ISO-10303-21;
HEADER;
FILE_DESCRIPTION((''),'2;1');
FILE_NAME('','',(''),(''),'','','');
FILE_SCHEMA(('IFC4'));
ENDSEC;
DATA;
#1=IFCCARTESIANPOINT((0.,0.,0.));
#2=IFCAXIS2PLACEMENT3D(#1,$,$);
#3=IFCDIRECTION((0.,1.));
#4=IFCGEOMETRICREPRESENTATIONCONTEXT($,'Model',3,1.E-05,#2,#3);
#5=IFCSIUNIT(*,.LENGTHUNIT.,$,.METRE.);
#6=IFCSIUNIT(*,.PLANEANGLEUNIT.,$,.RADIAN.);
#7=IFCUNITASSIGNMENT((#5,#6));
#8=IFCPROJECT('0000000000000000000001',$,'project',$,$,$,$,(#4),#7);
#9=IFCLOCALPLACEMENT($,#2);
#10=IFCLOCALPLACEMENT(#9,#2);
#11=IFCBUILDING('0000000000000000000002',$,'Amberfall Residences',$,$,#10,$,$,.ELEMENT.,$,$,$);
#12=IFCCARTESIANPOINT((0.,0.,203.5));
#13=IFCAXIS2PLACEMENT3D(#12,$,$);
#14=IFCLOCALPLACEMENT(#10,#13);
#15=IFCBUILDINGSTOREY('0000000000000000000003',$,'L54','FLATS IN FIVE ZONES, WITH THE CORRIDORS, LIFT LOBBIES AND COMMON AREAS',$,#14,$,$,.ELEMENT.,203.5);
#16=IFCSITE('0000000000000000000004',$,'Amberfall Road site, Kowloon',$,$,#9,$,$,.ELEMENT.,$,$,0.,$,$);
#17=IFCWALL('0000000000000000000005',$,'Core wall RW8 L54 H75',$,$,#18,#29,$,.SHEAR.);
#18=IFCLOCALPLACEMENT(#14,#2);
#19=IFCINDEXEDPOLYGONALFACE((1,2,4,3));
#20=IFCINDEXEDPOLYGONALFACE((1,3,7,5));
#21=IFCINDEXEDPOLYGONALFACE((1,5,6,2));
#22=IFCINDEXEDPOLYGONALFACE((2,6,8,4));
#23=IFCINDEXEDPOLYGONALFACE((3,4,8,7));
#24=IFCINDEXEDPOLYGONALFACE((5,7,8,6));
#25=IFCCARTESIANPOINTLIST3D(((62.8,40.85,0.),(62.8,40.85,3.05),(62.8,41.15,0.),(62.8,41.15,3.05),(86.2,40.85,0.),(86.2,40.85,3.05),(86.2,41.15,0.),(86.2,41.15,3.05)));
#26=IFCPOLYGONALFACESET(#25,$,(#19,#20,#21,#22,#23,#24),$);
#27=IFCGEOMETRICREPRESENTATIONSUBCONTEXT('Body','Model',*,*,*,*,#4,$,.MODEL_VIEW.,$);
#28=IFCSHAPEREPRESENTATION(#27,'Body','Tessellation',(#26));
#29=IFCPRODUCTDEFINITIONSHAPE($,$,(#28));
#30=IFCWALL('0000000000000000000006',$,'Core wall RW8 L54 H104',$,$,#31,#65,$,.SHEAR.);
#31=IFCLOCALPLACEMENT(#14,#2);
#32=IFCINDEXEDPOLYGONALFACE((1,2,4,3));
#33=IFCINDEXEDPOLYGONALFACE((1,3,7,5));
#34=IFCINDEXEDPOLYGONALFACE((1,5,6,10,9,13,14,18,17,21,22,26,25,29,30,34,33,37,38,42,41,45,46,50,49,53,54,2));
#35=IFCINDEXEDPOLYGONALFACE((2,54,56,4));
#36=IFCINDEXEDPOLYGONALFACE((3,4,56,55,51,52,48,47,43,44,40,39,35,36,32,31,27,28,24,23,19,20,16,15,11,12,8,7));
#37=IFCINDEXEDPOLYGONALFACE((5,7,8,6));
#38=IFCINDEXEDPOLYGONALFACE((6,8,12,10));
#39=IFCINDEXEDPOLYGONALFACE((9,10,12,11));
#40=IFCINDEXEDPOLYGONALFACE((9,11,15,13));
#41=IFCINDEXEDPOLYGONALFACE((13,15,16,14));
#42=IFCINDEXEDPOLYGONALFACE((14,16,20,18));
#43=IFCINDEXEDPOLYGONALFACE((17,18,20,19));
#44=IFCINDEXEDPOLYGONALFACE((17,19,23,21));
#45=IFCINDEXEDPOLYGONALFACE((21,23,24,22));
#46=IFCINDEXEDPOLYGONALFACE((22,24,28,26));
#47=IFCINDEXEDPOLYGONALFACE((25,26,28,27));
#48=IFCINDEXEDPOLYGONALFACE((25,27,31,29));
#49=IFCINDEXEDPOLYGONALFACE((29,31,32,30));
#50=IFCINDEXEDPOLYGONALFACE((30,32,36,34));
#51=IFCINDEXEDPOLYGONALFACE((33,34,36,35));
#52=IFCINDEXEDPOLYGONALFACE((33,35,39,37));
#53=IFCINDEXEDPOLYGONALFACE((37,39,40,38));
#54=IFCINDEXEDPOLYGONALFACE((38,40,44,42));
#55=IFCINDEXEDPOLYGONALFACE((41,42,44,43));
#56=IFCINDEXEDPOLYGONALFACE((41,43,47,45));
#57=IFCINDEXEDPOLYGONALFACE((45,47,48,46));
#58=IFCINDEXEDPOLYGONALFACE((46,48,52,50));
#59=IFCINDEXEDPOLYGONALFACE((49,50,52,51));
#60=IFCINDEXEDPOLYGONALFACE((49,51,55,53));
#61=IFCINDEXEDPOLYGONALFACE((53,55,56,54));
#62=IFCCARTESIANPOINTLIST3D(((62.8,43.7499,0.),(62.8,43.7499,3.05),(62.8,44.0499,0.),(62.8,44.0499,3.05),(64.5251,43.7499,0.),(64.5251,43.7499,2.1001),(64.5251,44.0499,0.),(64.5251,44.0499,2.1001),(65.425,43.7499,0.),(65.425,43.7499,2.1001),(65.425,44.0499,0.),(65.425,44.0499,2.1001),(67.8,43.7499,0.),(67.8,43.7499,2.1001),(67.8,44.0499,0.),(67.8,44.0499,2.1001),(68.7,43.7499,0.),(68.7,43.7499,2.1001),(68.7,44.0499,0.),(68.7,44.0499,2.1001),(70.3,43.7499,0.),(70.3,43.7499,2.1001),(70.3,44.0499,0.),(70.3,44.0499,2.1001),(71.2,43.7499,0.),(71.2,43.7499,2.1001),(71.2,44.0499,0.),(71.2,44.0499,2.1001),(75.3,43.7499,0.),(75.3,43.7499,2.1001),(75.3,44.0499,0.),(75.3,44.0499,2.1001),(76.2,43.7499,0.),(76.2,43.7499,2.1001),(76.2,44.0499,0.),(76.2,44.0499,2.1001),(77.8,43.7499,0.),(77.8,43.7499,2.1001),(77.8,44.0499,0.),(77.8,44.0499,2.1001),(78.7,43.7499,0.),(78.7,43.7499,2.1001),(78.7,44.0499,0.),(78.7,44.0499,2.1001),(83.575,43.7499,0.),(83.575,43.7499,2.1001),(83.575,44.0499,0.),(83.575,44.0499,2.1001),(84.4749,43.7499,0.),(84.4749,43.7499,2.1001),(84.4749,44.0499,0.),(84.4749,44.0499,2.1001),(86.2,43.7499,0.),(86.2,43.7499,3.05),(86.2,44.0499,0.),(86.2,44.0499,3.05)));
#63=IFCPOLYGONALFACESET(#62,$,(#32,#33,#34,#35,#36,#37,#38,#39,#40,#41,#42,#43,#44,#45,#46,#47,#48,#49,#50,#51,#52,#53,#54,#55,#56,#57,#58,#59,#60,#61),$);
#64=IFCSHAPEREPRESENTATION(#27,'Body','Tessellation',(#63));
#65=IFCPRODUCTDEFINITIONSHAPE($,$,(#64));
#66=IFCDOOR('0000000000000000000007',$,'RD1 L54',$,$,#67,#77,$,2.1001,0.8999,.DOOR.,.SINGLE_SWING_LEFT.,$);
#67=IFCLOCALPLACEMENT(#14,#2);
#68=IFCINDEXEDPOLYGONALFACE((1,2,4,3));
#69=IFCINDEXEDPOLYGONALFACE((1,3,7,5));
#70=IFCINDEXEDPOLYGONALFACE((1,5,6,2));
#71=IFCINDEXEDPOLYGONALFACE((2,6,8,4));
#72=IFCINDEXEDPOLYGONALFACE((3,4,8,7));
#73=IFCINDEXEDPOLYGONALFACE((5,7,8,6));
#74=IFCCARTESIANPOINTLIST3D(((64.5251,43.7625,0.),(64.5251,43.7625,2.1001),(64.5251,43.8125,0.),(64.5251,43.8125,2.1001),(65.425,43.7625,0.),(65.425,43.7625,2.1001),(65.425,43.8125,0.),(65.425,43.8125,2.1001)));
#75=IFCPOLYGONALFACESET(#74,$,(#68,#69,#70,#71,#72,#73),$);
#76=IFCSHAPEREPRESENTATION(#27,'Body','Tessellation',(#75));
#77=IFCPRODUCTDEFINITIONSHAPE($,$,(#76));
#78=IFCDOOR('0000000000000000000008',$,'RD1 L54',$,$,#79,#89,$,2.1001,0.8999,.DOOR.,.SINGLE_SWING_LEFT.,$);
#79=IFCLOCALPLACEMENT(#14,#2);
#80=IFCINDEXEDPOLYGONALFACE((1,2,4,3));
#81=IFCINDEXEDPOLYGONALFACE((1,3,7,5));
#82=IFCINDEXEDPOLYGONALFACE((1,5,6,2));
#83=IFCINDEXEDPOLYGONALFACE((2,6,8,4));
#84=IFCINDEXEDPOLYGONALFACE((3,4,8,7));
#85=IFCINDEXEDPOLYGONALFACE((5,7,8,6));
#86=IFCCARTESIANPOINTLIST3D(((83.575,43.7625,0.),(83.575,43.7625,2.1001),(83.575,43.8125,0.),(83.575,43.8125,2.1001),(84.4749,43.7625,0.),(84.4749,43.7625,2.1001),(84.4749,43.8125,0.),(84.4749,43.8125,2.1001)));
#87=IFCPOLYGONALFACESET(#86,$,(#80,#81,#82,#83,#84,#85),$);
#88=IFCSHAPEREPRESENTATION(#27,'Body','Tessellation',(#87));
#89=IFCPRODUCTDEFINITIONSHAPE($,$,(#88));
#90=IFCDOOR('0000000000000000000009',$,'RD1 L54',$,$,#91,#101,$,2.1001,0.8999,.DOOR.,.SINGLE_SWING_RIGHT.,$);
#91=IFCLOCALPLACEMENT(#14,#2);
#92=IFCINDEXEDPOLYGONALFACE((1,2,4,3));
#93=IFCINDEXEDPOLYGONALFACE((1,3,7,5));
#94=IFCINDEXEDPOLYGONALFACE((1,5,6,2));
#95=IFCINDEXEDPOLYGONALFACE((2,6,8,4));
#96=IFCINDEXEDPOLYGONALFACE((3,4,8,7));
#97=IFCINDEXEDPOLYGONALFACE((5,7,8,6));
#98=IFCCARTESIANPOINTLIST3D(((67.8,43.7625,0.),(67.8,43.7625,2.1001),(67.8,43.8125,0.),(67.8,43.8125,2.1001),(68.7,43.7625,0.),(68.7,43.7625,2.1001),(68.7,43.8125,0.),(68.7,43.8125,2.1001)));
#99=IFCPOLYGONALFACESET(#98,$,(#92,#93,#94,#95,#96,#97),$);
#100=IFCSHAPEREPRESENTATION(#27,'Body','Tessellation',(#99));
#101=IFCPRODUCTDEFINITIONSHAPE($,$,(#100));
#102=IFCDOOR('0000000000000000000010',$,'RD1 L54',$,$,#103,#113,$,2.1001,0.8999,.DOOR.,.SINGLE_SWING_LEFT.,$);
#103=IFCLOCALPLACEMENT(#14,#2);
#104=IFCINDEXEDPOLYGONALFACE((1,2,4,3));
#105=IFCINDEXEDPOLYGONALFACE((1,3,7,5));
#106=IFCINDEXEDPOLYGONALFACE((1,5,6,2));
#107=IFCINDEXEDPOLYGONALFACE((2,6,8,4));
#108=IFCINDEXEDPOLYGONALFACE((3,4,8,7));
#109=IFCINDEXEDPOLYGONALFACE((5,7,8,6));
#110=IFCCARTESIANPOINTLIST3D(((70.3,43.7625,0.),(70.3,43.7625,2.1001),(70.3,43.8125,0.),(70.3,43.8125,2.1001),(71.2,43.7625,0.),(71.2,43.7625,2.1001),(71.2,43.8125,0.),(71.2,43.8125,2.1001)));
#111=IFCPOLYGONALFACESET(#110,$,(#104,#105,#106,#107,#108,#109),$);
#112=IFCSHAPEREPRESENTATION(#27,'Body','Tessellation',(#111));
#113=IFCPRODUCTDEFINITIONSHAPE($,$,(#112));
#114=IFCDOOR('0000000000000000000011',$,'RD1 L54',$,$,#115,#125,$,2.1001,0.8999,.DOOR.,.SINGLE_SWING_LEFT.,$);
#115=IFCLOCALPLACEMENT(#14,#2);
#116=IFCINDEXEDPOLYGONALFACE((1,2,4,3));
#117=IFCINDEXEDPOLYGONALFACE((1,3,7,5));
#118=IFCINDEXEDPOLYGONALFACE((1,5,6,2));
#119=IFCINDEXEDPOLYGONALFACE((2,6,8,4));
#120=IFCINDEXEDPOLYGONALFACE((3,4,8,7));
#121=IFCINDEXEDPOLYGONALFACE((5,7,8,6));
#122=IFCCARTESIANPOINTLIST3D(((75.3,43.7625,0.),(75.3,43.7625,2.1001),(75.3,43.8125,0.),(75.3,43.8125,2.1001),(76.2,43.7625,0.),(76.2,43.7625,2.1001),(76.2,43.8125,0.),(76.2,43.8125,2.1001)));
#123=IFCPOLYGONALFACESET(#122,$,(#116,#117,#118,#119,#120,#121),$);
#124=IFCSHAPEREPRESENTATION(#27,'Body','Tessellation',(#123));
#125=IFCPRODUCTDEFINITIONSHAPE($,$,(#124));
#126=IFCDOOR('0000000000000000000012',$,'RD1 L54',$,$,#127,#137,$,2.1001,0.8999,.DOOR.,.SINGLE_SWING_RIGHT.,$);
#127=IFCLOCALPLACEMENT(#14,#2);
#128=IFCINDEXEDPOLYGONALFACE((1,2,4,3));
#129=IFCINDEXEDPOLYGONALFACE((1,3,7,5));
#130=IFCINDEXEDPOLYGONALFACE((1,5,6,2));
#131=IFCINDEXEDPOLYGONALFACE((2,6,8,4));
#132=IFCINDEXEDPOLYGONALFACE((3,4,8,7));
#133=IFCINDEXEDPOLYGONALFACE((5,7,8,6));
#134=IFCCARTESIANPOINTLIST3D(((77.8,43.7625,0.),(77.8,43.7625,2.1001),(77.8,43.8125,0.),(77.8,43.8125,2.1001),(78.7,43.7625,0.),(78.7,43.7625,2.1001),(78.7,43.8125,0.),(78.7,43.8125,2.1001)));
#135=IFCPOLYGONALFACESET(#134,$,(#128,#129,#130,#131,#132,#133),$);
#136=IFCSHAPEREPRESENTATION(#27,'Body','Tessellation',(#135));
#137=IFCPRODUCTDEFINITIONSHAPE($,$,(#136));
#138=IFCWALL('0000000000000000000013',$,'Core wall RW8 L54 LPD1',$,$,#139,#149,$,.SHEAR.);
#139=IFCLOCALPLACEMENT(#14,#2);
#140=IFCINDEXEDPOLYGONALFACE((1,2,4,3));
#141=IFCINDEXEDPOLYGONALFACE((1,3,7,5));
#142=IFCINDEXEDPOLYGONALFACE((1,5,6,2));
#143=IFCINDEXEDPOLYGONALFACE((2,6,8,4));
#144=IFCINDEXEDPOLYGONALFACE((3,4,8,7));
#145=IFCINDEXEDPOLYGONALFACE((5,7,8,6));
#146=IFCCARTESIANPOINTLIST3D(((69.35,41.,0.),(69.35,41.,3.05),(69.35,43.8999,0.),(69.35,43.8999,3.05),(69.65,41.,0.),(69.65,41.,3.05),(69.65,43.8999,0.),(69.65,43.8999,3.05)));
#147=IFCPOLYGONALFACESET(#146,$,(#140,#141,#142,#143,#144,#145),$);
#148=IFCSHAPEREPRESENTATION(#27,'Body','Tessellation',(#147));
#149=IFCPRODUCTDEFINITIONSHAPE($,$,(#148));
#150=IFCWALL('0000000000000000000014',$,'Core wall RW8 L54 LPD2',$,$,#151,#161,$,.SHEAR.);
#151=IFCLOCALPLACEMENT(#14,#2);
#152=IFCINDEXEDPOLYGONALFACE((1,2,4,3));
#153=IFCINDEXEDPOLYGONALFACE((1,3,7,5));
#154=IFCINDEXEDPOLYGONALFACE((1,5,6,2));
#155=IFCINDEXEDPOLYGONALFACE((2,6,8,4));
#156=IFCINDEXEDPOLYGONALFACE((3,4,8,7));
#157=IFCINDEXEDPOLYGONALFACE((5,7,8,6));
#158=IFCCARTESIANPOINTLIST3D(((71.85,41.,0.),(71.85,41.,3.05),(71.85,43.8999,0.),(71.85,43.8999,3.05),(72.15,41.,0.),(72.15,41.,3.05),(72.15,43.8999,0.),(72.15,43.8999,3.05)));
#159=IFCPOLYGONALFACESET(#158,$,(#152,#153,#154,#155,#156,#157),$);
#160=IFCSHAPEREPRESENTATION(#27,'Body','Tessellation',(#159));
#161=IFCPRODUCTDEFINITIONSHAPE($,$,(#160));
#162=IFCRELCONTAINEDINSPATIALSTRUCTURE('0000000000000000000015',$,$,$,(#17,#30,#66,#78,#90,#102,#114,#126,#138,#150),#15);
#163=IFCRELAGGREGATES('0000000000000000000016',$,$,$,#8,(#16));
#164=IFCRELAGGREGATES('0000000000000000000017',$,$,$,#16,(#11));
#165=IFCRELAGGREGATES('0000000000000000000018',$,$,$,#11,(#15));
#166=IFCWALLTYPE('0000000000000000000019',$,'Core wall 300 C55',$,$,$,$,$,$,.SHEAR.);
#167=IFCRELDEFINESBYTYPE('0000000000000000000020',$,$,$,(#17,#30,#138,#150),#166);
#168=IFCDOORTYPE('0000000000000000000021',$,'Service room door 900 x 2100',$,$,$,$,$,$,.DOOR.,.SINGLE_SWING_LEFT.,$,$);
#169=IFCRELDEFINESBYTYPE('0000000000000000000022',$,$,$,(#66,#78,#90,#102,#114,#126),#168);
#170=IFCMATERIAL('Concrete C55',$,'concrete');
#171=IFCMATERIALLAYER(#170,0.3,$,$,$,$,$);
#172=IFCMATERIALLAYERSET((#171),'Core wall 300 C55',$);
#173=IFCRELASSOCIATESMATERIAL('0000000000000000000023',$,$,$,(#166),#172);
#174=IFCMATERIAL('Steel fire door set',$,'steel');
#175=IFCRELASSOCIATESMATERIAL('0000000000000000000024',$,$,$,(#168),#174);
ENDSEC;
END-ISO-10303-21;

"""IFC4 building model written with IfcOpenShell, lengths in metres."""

from ifc_helpers import new_model, si_unit, direction, frame, frame_2d, origin, place, context, subcontext, project, spatial, rectangle, extrude, material, layer, layer_set, type_object, element, fill, save


model = new_model("IFC4")

# Units and contexts
model_context = context("Model", 3, precision=1e-05, world=origin(), true_north=direction((0.0, 1.0)))
body_context = subcontext(model_context, "Body", "Model", "MODEL_VIEW")
ifc_project = project(units=[si_unit("LENGTHUNIT", "METRE"), si_unit("PLANEANGLEUNIT", "RADIAN")], contexts=[model_context])

# Site, building, storey
site_placement = place(None, origin())
site = spatial("IfcSite", under=ifc_project, at=site_placement, Name="Amberfall Road site, Kowloon", CompositionType="ELEMENT", RefElevation=0.0)
building_placement = place(site_placement, origin())
building = spatial("IfcBuilding", under=site, at=building_placement, Name="Amberfall Residences", CompositionType="ELEMENT")
storey_placement = place(building_placement, frame((0.0, 0.0, 203.5)))
storey = spatial("IfcBuildingStorey", under=building, at=storey_placement, Name="L54", Description="FLATS IN FIVE ZONES, WITH THE CORRIDORS, LIFT LOBBIES AND COMMON AREAS", CompositionType="ELEMENT", Elevation=203.5)

# Wall
ifc_material_1 = material(Name="Concrete C55", Category="concrete")
ifc_layer_1 = layer(ifc_material_1, 0.3)
ifc_layer_set_1 = layer_set([ifc_layer_1], Name="Core wall 300 C55")
wall_type_1 = type_object("IfcWallType", Name="Core wall 300 C55", PredefinedType="SHEAR", material=ifc_layer_set_1)
wall_1_placement = place(storey_placement, frame((62.8, 41.0, 0.0), z_axis=(0.0, 0.0, 1.0), x_axis=(1.0, 0.0, 0.0)))
element("IfcWall", 1, at=wall_1_placement, inside=storey, type_object=wall_type_1, Name="Core wall RW8 L54 H75", PredefinedType="SHEAR", context=body_context, shape_type="SweptSolid", body=[
    extrude(rectangle(XDim=23.3999, YDim=0.3, at=frame_2d((11.7, 0.0))), origin(), (0.0, 0.0, 1.0), 3.05),
])

# Wall, openings, doors
wall_2_placement = place(storey_placement, frame((62.8, 43.8999, 0.0), z_axis=(0.0, 0.0, 1.0), x_axis=(1.0, 0.0, 0.0)))
wall_2 = element("IfcWall", 2, at=wall_2_placement, inside=storey, type_object=wall_type_1, Name="Core wall RW8 L54 H104", PredefinedType="SHEAR", context=body_context, shape_type="SweptSolid", body=[
    extrude(rectangle(XDim=23.3999, YDim=0.3, at=frame_2d((11.7, 0.0))), origin(), (0.0, 0.0, 1.0), 3.05),
])
opening_1_placement = place(wall_2_placement, frame((1.7251, 0.0, 0.0)))
opening_1 = element("IfcOpeningElement", 3, at=opening_1_placement, cuts=wall_2, PredefinedType="OPENING", context=body_context, shape_type="SweptSolid", body=[
    extrude(rectangle(XDim=0.8999, YDim=2.1001, at=frame_2d((0.45, 1.05))), frame((0.0, 0.1599, 0.0), z_axis=(0.0, -1.0, 0.0), x_axis=(1.0, 0.0, 0.0)), (0.0, 0.0, 1.0), 0.3201),
])
opening_2_placement = place(wall_2_placement, frame((20.7749, 0.0, 0.0)))
opening_2 = element("IfcOpeningElement", 4, at=opening_2_placement, cuts=wall_2, PredefinedType="OPENING", context=body_context, shape_type="SweptSolid", body=[
    extrude(rectangle(XDim=0.8999, YDim=2.1001, at=frame_2d((0.45, 1.05))), frame((0.0, 0.1599, 0.0), z_axis=(0.0, -1.0, 0.0), x_axis=(1.0, 0.0, 0.0)), (0.0, 0.0, 1.0), 0.3201),
])
opening_3_placement = place(wall_2_placement, frame((5.0, 0.0, 0.0)))
opening_3 = element("IfcOpeningElement", 5, at=opening_3_placement, cuts=wall_2, PredefinedType="OPENING", context=body_context, shape_type="SweptSolid", body=[
    extrude(rectangle(XDim=0.8999, YDim=2.1001, at=frame_2d((0.45, 1.05))), frame((0.0, 0.1599, 0.0), z_axis=(0.0, -1.0, 0.0), x_axis=(1.0, 0.0, 0.0)), (0.0, 0.0, 1.0), 0.3201),
])
opening_4_placement = place(wall_2_placement, frame((7.5, 0.0, 0.0)))
opening_4 = element("IfcOpeningElement", 6, at=opening_4_placement, cuts=wall_2, PredefinedType="OPENING", context=body_context, shape_type="SweptSolid", body=[
    extrude(rectangle(XDim=0.8999, YDim=2.1001, at=frame_2d((0.45, 1.05))), frame((0.0, 0.1599, 0.0), z_axis=(0.0, -1.0, 0.0), x_axis=(1.0, 0.0, 0.0)), (0.0, 0.0, 1.0), 0.3201),
])
opening_5_placement = place(wall_2_placement, frame((12.5, 0.0, 0.0)))
opening_5 = element("IfcOpeningElement", 7, at=opening_5_placement, cuts=wall_2, PredefinedType="OPENING", context=body_context, shape_type="SweptSolid", body=[
    extrude(rectangle(XDim=0.8999, YDim=2.1001, at=frame_2d((0.45, 1.05))), frame((0.0, 0.1599, 0.0), z_axis=(0.0, -1.0, 0.0), x_axis=(1.0, 0.0, 0.0)), (0.0, 0.0, 1.0), 0.3201),
])
opening_6_placement = place(wall_2_placement, frame((15.0, 0.0, 0.0)))
opening_6 = element("IfcOpeningElement", 8, at=opening_6_placement, cuts=wall_2, PredefinedType="OPENING", context=body_context, shape_type="SweptSolid", body=[
    extrude(rectangle(XDim=0.8999, YDim=2.1001, at=frame_2d((0.45, 1.05))), frame((0.0, 0.1599, 0.0), z_axis=(0.0, -1.0, 0.0), x_axis=(1.0, 0.0, 0.0)), (0.0, 0.0, 1.0), 0.3201),
])
ifc_material_2 = material(Name="Steel fire door set", Category="steel")
door_type_1 = type_object("IfcDoorType", Name="Service room door 900 x 2100", OperationType="SINGLE_SWING_LEFT", PredefinedType="DOOR", material=ifc_material_2)
door_1_placement = place(opening_1_placement, origin())
door_1 = element("IfcDoor", 9, at=door_1_placement, inside=storey, type_object=door_type_1, Name="RD1 L54", OperationType="SINGLE_SWING_LEFT", OverallHeight=2.1001, OverallWidth=0.8999, PredefinedType="DOOR", context=body_context, shape_type="SweptSolid", body=[
    extrude(rectangle(XDim=0.8999, YDim=2.1001, at=frame_2d((0.45, 1.05))), frame((0.0, -0.0874, 0.0), z_axis=(0.0, -1.0, 0.0), x_axis=(1.0, 0.0, 0.0)), (0.0, 0.0, 1.0), 0.05),
])
fill(opening_1, door_1)
door_2_placement = place(opening_2_placement, origin())
door_2 = element("IfcDoor", 10, at=door_2_placement, inside=storey, type_object=door_type_1, Name="RD1 L54", OperationType="SINGLE_SWING_LEFT", OverallHeight=2.1001, OverallWidth=0.8999, PredefinedType="DOOR", context=body_context, shape_type="SweptSolid", body=[
    extrude(rectangle(XDim=0.8999, YDim=2.1001, at=frame_2d((0.45, 1.05))), frame((0.0, -0.0874, 0.0), z_axis=(0.0, -1.0, 0.0), x_axis=(1.0, 0.0, 0.0)), (0.0, 0.0, 1.0), 0.05),
])
fill(opening_2, door_2)
door_3_placement = place(opening_3_placement, origin())
door_3 = element("IfcDoor", 11, at=door_3_placement, inside=storey, type_object=door_type_1, Name="RD1 L54", OperationType="SINGLE_SWING_RIGHT", OverallHeight=2.1001, OverallWidth=0.8999, PredefinedType="DOOR", context=body_context, shape_type="SweptSolid", body=[
    extrude(rectangle(XDim=0.8999, YDim=2.1001, at=frame_2d((0.45, 1.05))), frame((0.0, -0.0874, 0.0), z_axis=(0.0, -1.0, 0.0), x_axis=(1.0, 0.0, 0.0)), (0.0, 0.0, 1.0), 0.05),
])
fill(opening_3, door_3)
door_4_placement = place(opening_4_placement, origin())
door_4 = element("IfcDoor", 12, at=door_4_placement, inside=storey, type_object=door_type_1, Name="RD1 L54", OperationType="SINGLE_SWING_LEFT", OverallHeight=2.1001, OverallWidth=0.8999, PredefinedType="DOOR", context=body_context, shape_type="SweptSolid", body=[
    extrude(rectangle(XDim=0.8999, YDim=2.1001, at=frame_2d((0.45, 1.05))), frame((0.0, -0.0874, 0.0), z_axis=(0.0, -1.0, 0.0), x_axis=(1.0, 0.0, 0.0)), (0.0, 0.0, 1.0), 0.05),
])
fill(opening_4, door_4)
door_5_placement = place(opening_5_placement, origin())
door_5 = element("IfcDoor", 13, at=door_5_placement, inside=storey, type_object=door_type_1, Name="RD1 L54", OperationType="SINGLE_SWING_LEFT", OverallHeight=2.1001, OverallWidth=0.8999, PredefinedType="DOOR", context=body_context, shape_type="SweptSolid", body=[
    extrude(rectangle(XDim=0.8999, YDim=2.1001, at=frame_2d((0.45, 1.05))), frame((0.0, -0.0874, 0.0), z_axis=(0.0, -1.0, 0.0), x_axis=(1.0, 0.0, 0.0)), (0.0, 0.0, 1.0), 0.05),
])
fill(opening_5, door_5)
door_6_placement = place(opening_6_placement, origin())
door_6 = element("IfcDoor", 14, at=door_6_placement, inside=storey, type_object=door_type_1, Name="RD1 L54", OperationType="SINGLE_SWING_RIGHT", OverallHeight=2.1001, OverallWidth=0.8999, PredefinedType="DOOR", context=body_context, shape_type="SweptSolid", body=[
    extrude(rectangle(XDim=0.8999, YDim=2.1001, at=frame_2d((0.45, 1.05))), frame((0.0, -0.0874, 0.0), z_axis=(0.0, -1.0, 0.0), x_axis=(1.0, 0.0, 0.0)), (0.0, 0.0, 1.0), 0.05),
])
fill(opening_6, door_6)

# Walls
for number, where, z_axis, x_axis, name in (
    (15, (69.5, 41.0, 0.0), (0.0, 0.0, 1.0), (0.0, 1.0, 0.0), "Core wall RW8 L54 LPD1"),
    (16, (72.0, 41.0, 0.0), (0.0, 0.0, 1.0), (0.0, 1.0, 0.0), "Core wall RW8 L54 LPD2"),
):
    element("IfcWall", number, at=place(storey_placement, frame(where, z_axis=z_axis, x_axis=x_axis)), inside=storey, type_object=wall_type_1, Name=name, PredefinedType="SHEAR", context=body_context, shape_type="SweptSolid", body=[
        extrude(rectangle(XDim=2.8999, YDim=0.3, at=frame_2d((1.45, 0.0))), origin(), (0.0, 0.0, 1.0), 3.05),
    ])

save(model, "model.ifc")
